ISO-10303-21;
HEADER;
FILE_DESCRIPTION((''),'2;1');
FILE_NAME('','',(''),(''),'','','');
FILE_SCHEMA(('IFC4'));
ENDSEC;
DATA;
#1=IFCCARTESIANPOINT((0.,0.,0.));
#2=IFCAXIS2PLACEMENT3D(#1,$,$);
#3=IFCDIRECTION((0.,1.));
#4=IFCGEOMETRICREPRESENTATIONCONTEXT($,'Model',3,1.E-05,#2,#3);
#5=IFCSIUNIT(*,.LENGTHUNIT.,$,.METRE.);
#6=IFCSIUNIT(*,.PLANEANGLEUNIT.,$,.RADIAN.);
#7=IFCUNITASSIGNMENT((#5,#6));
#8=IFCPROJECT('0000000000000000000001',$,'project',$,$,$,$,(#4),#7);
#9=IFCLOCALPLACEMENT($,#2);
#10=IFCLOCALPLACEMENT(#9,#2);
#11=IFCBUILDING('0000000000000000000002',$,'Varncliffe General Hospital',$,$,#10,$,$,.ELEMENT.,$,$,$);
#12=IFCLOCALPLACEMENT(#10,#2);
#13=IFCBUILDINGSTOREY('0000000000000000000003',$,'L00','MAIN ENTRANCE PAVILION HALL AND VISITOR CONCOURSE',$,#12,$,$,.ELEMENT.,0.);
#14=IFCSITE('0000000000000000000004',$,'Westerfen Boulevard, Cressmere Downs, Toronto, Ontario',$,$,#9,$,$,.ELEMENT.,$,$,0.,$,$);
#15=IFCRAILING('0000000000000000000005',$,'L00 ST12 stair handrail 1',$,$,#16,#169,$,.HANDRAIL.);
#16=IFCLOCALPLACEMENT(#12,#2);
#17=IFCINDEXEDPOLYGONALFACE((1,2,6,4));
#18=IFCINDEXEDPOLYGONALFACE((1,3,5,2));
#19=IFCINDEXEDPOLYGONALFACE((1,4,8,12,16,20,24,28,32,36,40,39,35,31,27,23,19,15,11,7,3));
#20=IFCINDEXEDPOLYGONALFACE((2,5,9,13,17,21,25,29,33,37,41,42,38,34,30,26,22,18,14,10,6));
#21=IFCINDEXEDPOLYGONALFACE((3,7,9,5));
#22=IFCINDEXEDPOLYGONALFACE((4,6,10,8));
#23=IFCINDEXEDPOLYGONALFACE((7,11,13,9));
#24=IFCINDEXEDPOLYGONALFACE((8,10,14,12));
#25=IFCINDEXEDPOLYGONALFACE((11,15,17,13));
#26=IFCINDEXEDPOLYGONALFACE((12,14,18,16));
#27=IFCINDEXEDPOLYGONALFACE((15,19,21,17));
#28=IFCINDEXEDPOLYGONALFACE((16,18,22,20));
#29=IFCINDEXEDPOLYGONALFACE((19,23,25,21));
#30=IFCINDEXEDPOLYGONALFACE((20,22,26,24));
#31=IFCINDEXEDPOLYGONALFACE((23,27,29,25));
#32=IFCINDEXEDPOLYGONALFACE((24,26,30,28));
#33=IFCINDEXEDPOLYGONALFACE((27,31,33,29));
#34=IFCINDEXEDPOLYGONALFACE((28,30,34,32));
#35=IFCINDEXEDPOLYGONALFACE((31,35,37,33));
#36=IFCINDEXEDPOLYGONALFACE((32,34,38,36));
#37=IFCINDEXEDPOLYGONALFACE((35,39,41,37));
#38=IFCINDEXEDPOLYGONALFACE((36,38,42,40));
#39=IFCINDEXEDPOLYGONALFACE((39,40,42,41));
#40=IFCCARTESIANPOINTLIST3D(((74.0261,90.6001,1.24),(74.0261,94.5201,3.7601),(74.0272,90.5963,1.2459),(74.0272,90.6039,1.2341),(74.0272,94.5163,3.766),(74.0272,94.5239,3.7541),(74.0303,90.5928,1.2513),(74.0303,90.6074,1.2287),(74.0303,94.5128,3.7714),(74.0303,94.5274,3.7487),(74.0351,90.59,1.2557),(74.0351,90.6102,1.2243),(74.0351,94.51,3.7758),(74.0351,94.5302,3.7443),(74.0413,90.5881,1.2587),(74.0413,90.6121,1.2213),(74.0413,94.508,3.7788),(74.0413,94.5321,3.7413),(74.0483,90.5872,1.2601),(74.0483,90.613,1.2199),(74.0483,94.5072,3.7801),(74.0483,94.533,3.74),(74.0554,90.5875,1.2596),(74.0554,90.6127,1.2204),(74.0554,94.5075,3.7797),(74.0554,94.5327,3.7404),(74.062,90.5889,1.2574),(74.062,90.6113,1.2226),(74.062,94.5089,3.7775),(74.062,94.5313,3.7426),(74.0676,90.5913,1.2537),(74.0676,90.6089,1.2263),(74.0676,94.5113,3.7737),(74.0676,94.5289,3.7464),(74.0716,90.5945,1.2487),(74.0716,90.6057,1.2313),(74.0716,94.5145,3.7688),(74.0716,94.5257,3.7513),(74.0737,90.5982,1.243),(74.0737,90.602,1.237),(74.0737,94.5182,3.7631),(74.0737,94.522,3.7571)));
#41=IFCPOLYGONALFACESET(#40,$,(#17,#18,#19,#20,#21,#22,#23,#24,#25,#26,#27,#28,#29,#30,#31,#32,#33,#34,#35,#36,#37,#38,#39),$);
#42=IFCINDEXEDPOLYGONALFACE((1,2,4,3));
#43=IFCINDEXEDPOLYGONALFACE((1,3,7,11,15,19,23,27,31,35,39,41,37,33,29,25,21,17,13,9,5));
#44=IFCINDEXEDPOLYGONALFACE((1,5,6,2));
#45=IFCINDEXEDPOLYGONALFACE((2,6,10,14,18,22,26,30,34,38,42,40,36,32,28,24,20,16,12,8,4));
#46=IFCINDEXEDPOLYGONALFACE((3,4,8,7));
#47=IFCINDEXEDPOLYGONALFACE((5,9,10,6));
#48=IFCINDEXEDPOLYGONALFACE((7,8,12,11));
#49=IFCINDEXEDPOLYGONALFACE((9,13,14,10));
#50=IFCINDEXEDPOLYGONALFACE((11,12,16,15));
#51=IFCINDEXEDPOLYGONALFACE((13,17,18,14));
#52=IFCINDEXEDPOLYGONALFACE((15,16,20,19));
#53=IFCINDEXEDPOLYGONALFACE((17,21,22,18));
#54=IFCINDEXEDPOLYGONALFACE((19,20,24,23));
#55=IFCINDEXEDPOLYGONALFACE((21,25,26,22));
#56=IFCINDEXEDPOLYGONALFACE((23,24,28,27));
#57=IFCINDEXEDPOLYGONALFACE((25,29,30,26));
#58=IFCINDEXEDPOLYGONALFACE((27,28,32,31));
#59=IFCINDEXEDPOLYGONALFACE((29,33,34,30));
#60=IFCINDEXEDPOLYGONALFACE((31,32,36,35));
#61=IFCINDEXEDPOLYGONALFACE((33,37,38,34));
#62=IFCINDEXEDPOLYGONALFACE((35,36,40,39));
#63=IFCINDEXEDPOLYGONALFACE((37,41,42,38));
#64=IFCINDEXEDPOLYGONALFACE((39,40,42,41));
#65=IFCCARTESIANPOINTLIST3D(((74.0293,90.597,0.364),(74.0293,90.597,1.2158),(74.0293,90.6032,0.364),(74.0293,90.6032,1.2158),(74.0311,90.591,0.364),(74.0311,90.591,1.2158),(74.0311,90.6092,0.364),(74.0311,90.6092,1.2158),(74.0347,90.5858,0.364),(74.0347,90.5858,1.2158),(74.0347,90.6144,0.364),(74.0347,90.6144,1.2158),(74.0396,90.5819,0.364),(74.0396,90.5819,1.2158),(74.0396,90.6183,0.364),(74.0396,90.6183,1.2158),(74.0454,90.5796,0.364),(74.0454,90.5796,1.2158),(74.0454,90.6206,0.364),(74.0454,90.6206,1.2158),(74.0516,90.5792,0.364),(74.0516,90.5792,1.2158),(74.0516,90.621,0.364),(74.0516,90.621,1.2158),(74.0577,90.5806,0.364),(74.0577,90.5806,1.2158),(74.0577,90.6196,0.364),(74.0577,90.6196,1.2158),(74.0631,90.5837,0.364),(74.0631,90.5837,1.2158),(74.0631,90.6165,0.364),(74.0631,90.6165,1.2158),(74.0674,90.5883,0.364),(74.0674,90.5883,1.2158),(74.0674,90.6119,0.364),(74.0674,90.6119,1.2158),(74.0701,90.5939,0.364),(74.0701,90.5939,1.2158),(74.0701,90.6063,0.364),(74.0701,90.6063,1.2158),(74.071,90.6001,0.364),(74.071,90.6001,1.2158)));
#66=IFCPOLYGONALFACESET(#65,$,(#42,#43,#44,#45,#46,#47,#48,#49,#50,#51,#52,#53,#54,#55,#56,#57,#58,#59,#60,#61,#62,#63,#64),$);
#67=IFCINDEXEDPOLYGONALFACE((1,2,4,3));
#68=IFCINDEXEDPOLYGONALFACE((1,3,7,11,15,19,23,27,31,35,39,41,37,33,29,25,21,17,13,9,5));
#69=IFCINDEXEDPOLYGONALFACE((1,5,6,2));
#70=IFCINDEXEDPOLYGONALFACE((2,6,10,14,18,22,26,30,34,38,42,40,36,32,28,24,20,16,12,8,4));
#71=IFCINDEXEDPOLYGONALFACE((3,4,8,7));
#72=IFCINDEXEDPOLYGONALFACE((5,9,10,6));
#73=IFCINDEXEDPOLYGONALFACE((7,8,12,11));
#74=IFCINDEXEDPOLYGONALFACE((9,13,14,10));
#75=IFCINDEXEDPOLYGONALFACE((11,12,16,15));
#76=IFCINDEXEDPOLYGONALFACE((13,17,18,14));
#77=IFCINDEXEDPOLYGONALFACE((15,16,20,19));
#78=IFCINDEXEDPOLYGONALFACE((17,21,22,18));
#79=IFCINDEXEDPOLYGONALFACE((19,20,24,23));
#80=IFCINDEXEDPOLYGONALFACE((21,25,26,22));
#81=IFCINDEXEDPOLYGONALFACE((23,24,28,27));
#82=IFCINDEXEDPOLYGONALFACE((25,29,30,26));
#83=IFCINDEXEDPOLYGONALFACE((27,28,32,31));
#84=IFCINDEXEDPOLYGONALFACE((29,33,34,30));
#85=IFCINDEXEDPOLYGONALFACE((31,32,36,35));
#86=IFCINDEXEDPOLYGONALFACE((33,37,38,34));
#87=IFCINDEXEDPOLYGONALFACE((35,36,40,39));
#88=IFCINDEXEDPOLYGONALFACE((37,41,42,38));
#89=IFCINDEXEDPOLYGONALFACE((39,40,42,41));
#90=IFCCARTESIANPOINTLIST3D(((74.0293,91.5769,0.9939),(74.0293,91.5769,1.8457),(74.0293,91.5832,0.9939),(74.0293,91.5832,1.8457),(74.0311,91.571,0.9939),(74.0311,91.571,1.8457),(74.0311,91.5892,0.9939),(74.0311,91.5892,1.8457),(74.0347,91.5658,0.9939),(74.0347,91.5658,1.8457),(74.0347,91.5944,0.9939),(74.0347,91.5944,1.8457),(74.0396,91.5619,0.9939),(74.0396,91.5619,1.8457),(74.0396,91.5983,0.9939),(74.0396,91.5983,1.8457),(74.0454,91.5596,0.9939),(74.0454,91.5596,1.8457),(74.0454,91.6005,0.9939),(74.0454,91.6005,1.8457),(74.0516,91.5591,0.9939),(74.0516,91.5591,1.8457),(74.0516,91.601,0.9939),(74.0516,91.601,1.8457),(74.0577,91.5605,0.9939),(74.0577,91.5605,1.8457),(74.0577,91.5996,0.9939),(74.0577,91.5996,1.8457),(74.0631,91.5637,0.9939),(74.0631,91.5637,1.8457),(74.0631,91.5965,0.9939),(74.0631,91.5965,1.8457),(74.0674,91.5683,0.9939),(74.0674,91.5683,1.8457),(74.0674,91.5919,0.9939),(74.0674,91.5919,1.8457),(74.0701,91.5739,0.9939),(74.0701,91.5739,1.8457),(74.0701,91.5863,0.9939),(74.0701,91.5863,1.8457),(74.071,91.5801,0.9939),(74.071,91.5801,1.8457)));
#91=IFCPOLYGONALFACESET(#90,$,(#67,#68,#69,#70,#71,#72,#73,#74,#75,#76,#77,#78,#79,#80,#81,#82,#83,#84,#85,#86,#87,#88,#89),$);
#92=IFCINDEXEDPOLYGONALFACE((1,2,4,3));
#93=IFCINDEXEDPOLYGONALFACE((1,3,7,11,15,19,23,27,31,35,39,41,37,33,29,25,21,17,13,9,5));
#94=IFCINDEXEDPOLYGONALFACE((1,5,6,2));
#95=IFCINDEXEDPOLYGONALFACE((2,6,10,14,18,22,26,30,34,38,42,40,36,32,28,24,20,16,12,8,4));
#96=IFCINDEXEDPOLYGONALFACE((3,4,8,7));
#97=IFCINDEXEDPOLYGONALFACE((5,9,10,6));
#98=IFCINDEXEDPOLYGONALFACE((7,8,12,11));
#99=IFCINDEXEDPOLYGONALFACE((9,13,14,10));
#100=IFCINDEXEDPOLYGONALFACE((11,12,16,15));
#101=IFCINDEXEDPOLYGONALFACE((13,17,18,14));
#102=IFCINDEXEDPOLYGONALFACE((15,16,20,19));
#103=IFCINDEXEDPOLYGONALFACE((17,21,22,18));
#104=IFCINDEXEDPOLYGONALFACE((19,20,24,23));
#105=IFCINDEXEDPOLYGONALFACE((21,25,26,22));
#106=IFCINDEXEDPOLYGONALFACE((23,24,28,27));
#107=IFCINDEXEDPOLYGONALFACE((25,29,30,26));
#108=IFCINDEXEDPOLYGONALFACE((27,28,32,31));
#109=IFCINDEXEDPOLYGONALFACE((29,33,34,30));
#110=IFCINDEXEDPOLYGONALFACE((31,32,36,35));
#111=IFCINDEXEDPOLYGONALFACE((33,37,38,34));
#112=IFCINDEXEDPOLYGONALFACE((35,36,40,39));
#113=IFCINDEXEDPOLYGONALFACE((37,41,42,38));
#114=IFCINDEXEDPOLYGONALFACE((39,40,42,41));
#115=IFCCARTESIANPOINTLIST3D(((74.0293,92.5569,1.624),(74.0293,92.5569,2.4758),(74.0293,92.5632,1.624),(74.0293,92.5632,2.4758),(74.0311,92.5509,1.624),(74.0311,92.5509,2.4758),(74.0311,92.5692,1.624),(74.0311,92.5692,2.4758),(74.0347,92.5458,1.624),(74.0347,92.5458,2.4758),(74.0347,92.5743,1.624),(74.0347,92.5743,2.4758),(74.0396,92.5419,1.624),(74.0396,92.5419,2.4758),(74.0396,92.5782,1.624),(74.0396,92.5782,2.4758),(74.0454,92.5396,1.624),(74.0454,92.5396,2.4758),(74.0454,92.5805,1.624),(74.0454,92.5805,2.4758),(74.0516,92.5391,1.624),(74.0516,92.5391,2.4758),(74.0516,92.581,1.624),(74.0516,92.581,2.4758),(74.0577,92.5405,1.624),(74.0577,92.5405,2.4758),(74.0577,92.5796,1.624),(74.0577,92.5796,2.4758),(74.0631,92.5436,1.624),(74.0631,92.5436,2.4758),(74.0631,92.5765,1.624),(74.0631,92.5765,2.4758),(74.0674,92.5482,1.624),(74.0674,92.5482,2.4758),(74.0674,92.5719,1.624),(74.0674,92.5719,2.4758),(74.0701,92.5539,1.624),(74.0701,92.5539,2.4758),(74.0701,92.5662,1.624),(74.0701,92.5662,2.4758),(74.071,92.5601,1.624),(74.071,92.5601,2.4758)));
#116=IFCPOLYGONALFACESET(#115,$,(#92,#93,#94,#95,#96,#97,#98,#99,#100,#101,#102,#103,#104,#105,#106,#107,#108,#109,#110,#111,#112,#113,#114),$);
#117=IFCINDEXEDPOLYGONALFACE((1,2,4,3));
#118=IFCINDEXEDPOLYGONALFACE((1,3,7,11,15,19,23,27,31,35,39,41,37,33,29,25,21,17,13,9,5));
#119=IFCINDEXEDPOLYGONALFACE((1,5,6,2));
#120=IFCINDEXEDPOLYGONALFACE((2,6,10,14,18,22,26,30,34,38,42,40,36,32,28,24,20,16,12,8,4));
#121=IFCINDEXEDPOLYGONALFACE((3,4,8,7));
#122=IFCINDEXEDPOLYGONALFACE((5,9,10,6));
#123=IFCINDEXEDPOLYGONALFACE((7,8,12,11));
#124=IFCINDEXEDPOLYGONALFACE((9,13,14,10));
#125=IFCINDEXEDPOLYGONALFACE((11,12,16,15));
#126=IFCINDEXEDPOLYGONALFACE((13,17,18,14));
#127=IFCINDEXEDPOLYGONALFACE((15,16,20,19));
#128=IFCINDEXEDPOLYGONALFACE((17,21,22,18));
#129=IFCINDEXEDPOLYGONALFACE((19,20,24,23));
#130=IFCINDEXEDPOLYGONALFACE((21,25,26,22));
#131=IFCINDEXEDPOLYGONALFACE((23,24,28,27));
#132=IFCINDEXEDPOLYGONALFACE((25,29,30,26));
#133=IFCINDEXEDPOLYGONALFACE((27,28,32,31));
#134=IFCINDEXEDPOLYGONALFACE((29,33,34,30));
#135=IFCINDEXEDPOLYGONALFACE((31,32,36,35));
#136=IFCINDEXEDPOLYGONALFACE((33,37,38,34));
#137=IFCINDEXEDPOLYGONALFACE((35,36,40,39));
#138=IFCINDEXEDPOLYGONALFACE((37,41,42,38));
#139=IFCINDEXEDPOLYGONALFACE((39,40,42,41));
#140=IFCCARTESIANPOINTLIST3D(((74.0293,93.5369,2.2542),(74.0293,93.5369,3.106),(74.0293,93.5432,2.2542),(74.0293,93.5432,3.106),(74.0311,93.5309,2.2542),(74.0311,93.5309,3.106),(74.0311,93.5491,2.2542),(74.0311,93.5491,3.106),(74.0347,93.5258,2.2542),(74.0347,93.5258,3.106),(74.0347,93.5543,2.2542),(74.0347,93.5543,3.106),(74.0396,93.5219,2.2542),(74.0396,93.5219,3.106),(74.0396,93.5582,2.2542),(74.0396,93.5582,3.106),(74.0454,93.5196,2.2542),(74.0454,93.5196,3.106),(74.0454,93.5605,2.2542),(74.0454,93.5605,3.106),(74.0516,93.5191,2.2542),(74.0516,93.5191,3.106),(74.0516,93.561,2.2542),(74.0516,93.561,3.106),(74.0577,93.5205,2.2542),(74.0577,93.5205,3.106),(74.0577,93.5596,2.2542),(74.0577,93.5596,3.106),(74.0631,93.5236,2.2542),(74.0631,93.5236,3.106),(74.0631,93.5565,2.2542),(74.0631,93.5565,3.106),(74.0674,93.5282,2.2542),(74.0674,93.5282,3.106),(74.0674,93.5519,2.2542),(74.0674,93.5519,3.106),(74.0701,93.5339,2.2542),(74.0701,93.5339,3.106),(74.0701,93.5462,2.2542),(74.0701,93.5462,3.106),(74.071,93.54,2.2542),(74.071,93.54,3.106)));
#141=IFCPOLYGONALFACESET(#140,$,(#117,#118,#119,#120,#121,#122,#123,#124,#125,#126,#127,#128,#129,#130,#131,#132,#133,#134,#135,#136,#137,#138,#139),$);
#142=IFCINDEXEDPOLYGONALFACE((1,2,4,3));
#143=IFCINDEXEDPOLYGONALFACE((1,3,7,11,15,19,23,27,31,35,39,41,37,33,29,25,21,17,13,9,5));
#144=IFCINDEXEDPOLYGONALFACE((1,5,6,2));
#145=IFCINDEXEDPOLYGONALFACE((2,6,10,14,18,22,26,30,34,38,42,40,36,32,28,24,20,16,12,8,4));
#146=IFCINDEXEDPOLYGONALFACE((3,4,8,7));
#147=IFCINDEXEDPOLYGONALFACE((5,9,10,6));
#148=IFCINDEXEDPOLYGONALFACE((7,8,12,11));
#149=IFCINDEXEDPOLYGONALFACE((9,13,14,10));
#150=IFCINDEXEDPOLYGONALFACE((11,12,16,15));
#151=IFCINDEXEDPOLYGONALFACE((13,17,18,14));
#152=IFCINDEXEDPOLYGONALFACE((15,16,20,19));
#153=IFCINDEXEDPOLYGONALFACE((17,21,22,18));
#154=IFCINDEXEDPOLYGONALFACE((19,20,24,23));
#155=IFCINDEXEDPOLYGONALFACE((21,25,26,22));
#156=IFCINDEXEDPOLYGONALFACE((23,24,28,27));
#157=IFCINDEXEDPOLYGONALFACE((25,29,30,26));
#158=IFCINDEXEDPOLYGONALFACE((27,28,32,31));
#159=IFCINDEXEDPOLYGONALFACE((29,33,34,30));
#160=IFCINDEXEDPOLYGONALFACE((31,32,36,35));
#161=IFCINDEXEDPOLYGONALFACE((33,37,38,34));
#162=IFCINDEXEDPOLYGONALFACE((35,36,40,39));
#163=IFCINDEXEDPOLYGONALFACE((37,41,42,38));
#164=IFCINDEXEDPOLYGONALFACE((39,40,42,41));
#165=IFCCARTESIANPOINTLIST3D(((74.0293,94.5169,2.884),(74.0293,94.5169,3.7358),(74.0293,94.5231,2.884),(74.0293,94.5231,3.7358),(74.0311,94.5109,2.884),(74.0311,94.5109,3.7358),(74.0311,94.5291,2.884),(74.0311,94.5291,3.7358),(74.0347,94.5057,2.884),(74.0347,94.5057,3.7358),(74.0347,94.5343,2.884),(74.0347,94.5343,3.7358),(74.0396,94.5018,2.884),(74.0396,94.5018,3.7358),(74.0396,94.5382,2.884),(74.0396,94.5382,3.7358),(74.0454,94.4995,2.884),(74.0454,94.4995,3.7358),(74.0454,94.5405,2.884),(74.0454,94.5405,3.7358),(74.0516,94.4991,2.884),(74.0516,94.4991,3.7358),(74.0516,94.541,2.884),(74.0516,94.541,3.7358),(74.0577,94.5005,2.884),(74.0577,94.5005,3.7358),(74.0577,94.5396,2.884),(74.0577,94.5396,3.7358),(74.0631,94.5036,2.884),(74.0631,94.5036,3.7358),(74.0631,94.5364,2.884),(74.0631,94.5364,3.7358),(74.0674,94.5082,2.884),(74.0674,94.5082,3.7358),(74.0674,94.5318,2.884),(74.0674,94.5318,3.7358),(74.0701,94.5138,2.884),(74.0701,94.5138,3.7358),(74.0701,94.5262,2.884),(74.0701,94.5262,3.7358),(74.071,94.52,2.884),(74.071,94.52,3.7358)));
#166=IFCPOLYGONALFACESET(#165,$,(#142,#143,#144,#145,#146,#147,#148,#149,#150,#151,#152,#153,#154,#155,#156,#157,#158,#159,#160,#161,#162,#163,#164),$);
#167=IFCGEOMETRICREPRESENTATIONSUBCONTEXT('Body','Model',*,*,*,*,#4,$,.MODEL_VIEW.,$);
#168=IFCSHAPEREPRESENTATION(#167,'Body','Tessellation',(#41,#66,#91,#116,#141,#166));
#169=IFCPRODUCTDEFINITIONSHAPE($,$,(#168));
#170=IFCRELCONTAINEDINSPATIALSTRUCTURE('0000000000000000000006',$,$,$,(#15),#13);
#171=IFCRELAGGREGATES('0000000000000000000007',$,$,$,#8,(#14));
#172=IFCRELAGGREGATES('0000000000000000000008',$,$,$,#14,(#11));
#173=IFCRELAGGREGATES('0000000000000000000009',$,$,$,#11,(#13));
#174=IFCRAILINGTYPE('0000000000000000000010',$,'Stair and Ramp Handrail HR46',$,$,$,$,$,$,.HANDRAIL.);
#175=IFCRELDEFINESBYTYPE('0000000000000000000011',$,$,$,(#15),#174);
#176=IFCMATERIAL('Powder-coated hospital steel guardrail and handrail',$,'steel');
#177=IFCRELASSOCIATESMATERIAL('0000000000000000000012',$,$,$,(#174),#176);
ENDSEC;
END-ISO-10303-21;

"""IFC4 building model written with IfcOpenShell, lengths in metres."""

from ifc_helpers import new_model, si_unit, direction, frame, origin, origin_2d, place, context, subcontext, project, spatial, circle, extrude, material, type_object, element, save


model = new_model("IFC4")

# Units and contexts
model_context = context("Model", 3, precision=1e-05, world=origin(), true_north=direction((0.0, 1.0)))
body_context = subcontext(model_context, "Body", "Model", "MODEL_VIEW")
ifc_project = project(units=[si_unit("LENGTHUNIT", "METRE"), si_unit("PLANEANGLEUNIT", "RADIAN")], contexts=[model_context])

# Site, building, storey
site_placement = place(None, origin())
site = spatial("IfcSite", under=ifc_project, at=site_placement, Name="Westerfen Boulevard, Cressmere Downs, Toronto, Ontario", CompositionType="ELEMENT", RefElevation=0.0)
building_placement = place(site_placement, origin())
building = spatial("IfcBuilding", under=site, at=building_placement, Name="Varncliffe General Hospital", CompositionType="ELEMENT")
storey_placement = place(building_placement, origin())
storey = spatial("IfcBuildingStorey", under=building, at=storey_placement, Name="L00", Description="MAIN ENTRANCE PAVILION HALL AND VISITOR CONCOURSE", CompositionType="ELEMENT", Elevation=0.0)

# Railing
ifc_material_1 = material(Name="Powder-coated hospital steel guardrail and handrail", Category="steel")
railing_type_1 = type_object("IfcRailingType", Name="Stair and Ramp Handrail HR46", PredefinedType="HANDRAIL", material=ifc_material_1)
railing_1_placement = place(storey_placement, frame((74.05, 90.6001, 0.364)))
element("IfcRailing", 1, at=railing_1_placement, inside=storey, type_object=railing_type_1, Name="L00 ST12 stair handrail 1", PredefinedType="HANDRAIL", context=body_context, shape_type="SweptSolid", body=[
    extrude(circle(Radius=0.0239, at=origin_2d()), frame((0.0, 0.0, 0.876), z_axis=(0.0, 0.841172, 0.540768), x_axis=(-1.0, 0.0, 0.0)), (0.0, 0.0, 1.0), 4.6602),
    extrude(circle(Radius=0.021, at=origin_2d()), origin(), (0.0, 0.0, 1.0), 0.8518),
    extrude(circle(Radius=0.021, at=origin_2d()), frame((0.0, 0.98, 0.6299)), (0.0, 0.0, 1.0), 0.8518),
    extrude(circle(Radius=0.021, at=origin_2d()), frame((0.0, 1.96, 1.26)), (0.0, 0.0, 1.0), 0.8518),
    extrude(circle(Radius=0.021, at=origin_2d()), frame((0.0, 2.9399, 1.8901)), (0.0, 0.0, 1.0), 0.8518),
    extrude(circle(Radius=0.021, at=origin_2d()), frame((0.0, 3.9199, 2.52)), (0.0, 0.0, 1.0), 0.8518),
])

save(model, "model.ifc")
